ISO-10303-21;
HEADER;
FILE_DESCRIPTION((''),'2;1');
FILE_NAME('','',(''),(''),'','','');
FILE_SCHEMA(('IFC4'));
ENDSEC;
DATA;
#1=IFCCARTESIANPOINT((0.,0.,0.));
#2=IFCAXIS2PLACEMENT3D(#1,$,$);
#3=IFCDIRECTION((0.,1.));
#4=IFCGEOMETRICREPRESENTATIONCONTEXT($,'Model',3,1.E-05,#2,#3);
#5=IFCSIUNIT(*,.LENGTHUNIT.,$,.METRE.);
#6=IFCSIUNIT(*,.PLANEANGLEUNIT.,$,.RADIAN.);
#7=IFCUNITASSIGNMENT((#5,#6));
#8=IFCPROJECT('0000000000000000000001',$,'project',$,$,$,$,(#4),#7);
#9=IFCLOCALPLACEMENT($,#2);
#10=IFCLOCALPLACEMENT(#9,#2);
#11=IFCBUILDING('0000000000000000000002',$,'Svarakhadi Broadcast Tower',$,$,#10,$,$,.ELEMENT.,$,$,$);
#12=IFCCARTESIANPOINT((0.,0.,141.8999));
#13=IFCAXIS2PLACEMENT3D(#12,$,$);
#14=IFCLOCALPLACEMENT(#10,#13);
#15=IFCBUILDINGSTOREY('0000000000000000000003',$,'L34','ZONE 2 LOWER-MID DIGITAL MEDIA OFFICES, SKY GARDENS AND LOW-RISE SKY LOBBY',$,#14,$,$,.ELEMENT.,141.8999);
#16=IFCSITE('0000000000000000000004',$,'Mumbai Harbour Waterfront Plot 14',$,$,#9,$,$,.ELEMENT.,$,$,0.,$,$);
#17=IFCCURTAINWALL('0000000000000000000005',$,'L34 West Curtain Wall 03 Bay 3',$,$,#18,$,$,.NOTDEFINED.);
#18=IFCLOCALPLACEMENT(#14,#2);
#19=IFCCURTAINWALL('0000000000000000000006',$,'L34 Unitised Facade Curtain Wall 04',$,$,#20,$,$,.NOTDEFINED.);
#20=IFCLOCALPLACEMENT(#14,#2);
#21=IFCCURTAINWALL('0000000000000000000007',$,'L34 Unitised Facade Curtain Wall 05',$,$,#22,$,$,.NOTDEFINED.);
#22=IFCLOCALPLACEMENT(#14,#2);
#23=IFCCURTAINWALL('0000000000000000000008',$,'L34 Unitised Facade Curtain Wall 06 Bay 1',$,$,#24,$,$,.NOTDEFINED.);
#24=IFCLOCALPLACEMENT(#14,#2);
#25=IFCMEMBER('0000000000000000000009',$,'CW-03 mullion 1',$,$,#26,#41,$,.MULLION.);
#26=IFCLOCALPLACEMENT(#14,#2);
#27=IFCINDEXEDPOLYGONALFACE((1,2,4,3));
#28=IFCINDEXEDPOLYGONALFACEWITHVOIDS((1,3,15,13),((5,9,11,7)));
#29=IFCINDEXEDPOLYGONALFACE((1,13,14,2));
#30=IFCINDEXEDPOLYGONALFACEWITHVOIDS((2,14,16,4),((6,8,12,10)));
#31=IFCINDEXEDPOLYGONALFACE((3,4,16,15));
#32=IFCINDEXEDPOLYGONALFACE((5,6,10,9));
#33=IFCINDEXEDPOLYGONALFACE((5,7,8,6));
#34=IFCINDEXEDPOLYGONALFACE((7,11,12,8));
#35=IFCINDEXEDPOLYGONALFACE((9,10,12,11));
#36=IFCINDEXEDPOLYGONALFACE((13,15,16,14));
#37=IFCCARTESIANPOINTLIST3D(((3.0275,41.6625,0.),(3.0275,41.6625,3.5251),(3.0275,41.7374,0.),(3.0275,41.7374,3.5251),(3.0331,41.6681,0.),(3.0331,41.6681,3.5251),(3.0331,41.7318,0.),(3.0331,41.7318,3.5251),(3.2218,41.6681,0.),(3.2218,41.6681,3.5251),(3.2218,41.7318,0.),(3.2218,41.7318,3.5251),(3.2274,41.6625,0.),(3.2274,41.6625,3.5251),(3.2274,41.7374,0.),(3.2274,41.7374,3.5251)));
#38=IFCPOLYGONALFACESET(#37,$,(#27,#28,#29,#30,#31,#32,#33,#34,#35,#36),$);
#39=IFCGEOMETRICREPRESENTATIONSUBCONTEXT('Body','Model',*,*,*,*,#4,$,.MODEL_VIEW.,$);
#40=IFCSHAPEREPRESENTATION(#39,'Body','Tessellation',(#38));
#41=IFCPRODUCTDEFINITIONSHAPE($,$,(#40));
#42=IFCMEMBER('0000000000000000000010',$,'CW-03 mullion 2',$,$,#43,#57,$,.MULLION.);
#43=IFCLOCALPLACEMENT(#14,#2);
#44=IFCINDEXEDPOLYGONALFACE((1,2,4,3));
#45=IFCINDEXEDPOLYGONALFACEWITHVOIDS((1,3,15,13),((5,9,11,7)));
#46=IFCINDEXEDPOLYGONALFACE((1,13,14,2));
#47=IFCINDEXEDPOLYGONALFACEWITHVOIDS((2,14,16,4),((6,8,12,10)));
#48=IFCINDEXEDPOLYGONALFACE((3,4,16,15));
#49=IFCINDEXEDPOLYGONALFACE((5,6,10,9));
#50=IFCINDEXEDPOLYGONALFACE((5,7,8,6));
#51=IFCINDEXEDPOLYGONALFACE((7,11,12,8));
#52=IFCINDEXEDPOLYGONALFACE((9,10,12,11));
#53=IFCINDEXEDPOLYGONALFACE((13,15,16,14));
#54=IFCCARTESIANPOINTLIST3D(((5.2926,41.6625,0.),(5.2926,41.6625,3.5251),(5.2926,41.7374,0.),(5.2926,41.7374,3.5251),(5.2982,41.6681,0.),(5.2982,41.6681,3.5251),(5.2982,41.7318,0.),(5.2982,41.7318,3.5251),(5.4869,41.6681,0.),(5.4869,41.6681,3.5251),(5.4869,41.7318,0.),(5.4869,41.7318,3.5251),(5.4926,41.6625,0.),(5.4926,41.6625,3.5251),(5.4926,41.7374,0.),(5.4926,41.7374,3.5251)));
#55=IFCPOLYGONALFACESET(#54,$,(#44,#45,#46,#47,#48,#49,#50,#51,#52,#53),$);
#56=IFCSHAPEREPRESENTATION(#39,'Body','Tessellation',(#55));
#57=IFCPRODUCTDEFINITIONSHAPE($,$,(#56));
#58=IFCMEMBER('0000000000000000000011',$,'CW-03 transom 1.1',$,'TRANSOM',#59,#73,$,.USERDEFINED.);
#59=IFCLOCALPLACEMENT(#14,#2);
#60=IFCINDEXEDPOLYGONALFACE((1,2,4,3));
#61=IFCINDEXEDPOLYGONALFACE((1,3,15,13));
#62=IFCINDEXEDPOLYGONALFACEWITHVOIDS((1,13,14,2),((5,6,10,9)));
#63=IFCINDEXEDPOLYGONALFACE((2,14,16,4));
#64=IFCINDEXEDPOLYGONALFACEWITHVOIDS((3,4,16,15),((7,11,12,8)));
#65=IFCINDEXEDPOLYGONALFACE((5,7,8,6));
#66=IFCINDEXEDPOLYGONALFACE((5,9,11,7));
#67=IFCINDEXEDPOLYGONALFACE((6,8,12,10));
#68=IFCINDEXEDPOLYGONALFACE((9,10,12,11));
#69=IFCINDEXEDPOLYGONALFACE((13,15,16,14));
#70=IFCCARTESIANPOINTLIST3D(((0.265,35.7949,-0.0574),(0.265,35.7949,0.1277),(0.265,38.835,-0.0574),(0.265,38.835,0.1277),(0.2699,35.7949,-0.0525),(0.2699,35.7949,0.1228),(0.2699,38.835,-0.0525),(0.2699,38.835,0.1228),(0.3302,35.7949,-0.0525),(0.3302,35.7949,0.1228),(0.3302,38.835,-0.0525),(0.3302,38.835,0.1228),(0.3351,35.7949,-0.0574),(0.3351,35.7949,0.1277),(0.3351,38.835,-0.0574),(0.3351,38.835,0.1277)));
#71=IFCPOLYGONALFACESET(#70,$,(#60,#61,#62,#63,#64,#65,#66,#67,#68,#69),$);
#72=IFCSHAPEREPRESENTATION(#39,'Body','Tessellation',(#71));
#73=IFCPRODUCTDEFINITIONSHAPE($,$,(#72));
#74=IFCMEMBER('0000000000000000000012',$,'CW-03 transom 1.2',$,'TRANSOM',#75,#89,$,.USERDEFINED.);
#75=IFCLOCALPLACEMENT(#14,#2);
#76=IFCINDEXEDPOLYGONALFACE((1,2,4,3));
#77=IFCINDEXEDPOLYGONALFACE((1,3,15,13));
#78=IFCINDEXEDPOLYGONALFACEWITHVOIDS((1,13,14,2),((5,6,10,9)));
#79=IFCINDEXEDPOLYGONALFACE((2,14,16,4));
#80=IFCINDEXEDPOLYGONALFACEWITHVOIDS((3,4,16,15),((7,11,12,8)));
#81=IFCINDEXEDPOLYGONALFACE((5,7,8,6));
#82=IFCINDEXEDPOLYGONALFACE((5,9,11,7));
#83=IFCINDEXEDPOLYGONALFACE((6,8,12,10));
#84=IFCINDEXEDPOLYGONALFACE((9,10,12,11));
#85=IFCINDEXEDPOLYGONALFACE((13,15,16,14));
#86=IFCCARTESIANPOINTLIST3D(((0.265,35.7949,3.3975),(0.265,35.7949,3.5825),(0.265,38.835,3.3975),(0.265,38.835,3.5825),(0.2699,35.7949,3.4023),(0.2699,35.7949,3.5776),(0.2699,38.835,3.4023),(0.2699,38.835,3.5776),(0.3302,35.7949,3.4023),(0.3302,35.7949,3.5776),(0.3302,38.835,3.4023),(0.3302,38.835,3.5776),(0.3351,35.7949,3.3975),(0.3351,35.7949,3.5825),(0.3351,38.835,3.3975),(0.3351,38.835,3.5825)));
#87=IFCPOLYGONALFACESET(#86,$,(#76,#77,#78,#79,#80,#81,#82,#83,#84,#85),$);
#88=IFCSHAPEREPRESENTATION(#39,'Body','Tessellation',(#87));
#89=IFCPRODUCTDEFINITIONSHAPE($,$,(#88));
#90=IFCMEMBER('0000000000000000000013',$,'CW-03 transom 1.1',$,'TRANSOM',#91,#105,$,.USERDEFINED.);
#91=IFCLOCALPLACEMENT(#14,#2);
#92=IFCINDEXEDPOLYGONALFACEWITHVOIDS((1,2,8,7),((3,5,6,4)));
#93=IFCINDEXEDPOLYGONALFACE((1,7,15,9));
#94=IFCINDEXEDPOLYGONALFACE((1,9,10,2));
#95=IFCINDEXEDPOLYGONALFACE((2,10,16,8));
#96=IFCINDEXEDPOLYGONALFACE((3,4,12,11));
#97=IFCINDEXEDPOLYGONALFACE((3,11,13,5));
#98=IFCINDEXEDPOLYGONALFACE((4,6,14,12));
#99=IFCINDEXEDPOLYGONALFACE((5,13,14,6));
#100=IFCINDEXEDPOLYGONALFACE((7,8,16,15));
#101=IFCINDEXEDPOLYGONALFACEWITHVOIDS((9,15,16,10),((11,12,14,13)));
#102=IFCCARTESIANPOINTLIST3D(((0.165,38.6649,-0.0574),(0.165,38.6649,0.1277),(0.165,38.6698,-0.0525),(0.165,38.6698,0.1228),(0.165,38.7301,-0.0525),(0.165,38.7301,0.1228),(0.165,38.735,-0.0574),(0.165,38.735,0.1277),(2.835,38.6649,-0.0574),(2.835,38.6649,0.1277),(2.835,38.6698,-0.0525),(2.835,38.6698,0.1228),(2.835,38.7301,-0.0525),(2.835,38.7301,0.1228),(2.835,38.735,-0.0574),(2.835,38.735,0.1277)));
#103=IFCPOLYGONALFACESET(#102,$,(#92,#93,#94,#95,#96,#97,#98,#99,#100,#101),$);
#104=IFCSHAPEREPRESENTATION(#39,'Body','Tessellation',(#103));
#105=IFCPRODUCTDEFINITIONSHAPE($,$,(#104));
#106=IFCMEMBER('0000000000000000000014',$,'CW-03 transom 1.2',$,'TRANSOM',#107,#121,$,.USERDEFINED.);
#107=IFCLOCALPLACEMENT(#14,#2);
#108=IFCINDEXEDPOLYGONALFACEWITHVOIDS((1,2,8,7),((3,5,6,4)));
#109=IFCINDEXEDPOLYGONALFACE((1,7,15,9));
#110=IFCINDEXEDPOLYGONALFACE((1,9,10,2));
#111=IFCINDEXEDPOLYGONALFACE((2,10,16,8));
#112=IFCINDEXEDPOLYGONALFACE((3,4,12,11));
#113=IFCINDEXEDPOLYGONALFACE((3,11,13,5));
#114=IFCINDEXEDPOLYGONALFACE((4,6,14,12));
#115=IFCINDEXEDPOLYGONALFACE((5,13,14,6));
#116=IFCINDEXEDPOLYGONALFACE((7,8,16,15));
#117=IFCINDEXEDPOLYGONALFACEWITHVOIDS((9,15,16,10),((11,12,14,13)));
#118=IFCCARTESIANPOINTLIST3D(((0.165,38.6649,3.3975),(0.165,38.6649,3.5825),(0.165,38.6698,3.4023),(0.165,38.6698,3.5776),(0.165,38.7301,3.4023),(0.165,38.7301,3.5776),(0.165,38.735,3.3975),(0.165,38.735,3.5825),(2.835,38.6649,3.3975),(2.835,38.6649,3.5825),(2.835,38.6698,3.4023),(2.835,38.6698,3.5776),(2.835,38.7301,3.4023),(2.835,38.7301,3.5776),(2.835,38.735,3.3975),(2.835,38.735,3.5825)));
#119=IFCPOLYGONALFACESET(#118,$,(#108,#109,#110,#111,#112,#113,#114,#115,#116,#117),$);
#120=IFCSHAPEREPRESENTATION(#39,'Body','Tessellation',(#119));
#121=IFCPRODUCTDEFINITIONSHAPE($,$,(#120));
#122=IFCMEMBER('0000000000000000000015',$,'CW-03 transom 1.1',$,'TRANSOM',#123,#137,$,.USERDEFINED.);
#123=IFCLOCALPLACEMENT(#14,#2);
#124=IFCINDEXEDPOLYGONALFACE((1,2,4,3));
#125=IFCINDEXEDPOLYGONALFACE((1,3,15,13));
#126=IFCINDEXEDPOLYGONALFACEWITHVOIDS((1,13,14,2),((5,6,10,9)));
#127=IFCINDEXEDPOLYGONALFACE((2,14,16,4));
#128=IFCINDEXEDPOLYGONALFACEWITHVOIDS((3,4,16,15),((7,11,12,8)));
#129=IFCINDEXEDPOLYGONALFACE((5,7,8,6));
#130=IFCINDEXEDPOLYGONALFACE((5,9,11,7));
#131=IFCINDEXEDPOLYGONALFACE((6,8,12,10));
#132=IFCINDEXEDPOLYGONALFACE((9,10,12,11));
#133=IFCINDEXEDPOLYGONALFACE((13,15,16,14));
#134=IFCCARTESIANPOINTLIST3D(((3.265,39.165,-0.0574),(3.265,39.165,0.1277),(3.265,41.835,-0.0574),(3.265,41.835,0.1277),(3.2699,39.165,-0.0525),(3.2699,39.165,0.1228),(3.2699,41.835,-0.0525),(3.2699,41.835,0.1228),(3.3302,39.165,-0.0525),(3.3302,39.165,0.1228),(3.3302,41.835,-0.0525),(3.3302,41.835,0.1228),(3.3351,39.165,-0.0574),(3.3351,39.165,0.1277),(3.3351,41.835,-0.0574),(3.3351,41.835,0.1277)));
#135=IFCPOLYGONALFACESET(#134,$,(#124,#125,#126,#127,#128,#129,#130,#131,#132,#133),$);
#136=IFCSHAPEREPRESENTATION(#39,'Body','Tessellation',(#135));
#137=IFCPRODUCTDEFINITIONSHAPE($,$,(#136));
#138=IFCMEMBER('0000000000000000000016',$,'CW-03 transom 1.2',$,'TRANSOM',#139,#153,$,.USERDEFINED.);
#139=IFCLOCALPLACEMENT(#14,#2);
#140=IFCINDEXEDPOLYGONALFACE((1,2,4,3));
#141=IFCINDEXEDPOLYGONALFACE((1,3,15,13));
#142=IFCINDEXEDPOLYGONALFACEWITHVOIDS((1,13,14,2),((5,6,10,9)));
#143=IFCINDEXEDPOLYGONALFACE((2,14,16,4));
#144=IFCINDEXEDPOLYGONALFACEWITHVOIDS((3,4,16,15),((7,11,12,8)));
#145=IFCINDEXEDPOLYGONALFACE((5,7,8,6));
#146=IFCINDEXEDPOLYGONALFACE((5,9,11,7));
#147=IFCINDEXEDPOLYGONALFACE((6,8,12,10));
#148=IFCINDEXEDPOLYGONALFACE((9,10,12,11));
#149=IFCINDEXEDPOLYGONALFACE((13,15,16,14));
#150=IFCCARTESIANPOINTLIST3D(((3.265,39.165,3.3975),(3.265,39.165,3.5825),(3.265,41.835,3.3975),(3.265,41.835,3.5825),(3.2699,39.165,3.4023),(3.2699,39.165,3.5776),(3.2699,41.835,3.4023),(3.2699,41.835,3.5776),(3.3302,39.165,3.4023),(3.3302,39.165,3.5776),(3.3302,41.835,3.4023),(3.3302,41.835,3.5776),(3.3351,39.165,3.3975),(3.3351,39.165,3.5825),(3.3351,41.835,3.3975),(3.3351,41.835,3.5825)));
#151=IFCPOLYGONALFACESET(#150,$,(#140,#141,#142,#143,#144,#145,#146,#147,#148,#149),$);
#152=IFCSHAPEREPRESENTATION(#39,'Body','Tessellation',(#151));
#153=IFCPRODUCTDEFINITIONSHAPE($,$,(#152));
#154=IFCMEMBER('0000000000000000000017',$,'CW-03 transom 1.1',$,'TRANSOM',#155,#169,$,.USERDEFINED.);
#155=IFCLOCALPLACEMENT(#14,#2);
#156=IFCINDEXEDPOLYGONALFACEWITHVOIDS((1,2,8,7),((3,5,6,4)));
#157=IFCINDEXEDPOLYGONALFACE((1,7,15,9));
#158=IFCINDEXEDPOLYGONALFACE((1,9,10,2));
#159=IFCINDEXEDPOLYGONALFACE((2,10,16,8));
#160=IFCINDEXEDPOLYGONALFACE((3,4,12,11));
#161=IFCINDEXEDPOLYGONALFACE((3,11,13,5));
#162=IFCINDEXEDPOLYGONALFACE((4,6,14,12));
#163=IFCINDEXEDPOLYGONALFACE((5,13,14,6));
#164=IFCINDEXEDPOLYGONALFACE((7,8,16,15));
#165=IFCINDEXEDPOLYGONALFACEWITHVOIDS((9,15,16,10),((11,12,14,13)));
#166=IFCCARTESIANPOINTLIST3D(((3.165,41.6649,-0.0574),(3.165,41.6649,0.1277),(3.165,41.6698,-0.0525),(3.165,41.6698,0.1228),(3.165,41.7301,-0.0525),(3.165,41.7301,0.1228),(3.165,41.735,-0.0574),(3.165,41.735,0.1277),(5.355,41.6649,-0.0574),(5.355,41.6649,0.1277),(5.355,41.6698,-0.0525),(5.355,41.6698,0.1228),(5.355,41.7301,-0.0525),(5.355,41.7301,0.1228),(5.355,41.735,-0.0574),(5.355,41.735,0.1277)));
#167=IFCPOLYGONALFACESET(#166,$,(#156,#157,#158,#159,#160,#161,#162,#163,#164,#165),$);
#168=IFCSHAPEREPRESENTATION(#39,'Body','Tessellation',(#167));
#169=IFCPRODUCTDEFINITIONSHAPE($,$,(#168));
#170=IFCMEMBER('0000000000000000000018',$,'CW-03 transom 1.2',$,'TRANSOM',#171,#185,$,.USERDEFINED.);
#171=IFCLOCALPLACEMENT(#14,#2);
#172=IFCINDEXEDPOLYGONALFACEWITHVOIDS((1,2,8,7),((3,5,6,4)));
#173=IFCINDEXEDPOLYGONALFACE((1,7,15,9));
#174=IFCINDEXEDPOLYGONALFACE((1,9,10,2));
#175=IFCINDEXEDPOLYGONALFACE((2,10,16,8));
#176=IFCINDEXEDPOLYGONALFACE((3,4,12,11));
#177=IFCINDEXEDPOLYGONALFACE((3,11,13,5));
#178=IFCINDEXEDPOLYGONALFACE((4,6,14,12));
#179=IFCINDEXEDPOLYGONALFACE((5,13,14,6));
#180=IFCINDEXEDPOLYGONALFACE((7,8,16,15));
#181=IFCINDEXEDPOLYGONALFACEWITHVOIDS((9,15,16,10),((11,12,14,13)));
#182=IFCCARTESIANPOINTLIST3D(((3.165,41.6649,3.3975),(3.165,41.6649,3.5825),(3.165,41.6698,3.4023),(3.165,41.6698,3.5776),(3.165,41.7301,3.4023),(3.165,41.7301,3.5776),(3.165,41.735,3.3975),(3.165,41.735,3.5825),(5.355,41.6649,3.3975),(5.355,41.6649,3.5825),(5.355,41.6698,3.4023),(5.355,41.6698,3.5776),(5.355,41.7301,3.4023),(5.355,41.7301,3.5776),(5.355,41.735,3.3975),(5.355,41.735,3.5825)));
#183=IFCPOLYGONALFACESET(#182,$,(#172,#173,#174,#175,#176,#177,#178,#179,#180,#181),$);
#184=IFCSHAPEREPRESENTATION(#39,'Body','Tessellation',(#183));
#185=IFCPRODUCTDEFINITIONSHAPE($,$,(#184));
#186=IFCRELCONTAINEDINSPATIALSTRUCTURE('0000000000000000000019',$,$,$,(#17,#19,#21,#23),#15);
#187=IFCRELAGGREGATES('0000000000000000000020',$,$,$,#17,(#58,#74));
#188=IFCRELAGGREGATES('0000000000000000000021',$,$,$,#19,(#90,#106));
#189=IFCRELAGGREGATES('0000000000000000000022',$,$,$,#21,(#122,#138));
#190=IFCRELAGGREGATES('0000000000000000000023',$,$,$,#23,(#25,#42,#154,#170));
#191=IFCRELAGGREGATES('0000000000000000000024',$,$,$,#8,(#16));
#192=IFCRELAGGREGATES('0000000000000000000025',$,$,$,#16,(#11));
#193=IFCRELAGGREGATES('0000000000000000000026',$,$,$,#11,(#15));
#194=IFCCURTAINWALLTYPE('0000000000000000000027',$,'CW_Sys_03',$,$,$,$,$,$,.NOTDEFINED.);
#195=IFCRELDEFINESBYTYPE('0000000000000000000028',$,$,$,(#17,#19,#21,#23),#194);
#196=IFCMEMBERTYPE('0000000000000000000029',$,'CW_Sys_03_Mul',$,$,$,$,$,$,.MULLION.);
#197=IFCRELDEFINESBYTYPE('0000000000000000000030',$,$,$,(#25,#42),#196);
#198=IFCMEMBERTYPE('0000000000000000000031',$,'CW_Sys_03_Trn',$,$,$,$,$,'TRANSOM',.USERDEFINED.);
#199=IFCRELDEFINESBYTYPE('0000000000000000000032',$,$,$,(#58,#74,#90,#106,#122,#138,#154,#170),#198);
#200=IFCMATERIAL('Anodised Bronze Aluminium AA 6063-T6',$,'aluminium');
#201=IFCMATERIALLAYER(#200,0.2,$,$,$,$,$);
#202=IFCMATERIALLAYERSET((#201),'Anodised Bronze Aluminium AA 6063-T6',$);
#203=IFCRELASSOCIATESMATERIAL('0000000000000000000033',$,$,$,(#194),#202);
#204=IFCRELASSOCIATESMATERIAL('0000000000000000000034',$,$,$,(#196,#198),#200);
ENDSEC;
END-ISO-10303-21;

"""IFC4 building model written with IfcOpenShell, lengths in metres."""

from ifc_helpers import new_model, si_unit, direction, frame, origin, origin_2d, place, context, subcontext, project, spatial, hollow_rectangle, extrude, material, layer, layer_set, material_profile, profile_set, type_object, element, aggregate, save


model = new_model("IFC4")

# Units and contexts
model_context = context("Model", 3, precision=1e-05, world=origin(), true_north=direction((0.0, 1.0)))
body_context = subcontext(model_context, "Body", "Model", "MODEL_VIEW")
ifc_project = project(units=[si_unit("LENGTHUNIT", "METRE"), si_unit("PLANEANGLEUNIT", "RADIAN")], contexts=[model_context])

# Site, building, storey
site_placement = place(None, origin())
site = spatial("IfcSite", under=ifc_project, at=site_placement, Name="Mumbai Harbour Waterfront Plot 14", CompositionType="ELEMENT", RefElevation=0.0)
building_placement = place(site_placement, origin())
building = spatial("IfcBuilding", under=site, at=building_placement, Name="Svarakhadi Broadcast Tower", CompositionType="ELEMENT")
storey_placement = place(building_placement, frame((0.0, 0.0, 141.8999)))
storey = spatial("IfcBuildingStorey", under=building, at=storey_placement, Name="L34", Description="ZONE 2 LOWER-MID DIGITAL MEDIA OFFICES, SKY GARDENS AND LOW-RISE SKY LOBBY", CompositionType="ELEMENT", Elevation=141.8999)

# Shared definitions
ifc_material_1 = material(Name="Anodised Bronze Aluminium AA 6063-T6", Category="aluminium")
ifc_layer_1 = layer(ifc_material_1, 0.2)
ifc_layer_set_1 = layer_set([ifc_layer_1], Name="Anodised Bronze Aluminium AA 6063-T6")
curtain_wall_type = type_object("IfcCurtainWallType", Name="CW_Sys_03", PredefinedType="NOTDEFINED", material=ifc_layer_set_1)
ifc_material_profile_1 = material_profile(ifc_material_1, hollow_rectangle(XDim=0.075, YDim=0.2, WallThickness=0.0056, at=origin_2d()), Name="ALU MULLION 200x75x6")
ifc_profile_set_1 = profile_set([ifc_material_profile_1], Name="Anodised Bronze Aluminium AA 6063-T6")
member_type_1 = type_object("IfcMemberType", Name="CW_Sys_03_Mul", PredefinedType="MULLION", material=ifc_profile_set_1)

# Curtain walls, members
curtain_wall_1_placement = place(storey_placement, origin())
curtain_wall_1 = element("IfcCurtainWall", 1, at=curtain_wall_1_placement, inside=storey, type_object=curtain_wall_type, Name="L34 West Curtain Wall 03 Bay 3", PredefinedType="NOTDEFINED")
curtain_wall_2_placement = place(storey_placement, origin())
curtain_wall_2 = element("IfcCurtainWall", 2, at=curtain_wall_2_placement, inside=storey, type_object=curtain_wall_type, Name="L34 Unitised Facade Curtain Wall 04", PredefinedType="NOTDEFINED")
curtain_wall_3_placement = place(storey_placement, origin())
curtain_wall_3 = element("IfcCurtainWall", 3, at=curtain_wall_3_placement, inside=storey, type_object=curtain_wall_type, Name="L34 Unitised Facade Curtain Wall 05", PredefinedType="NOTDEFINED")
curtain_wall_4_placement = place(storey_placement, origin())
curtain_wall_4 = element("IfcCurtainWall", 4, at=curtain_wall_4_placement, inside=storey, type_object=curtain_wall_type, Name="L34 Unitised Facade Curtain Wall 06 Bay 1", PredefinedType="NOTDEFINED")
member_1_placement = place(storey_placement, frame((3.1274, 41.7, 0.0), z_axis=(0.0, 0.0, 1.0), x_axis=(0.0, 1.0, 0.0)))
member_1 = element("IfcMember", 5, at=member_1_placement, type_object=member_type_1, Name="CW-03 mullion 1", PredefinedType="MULLION", context=body_context, shape_type="SweptSolid", body=[
    extrude(hollow_rectangle(XDim=0.075, YDim=0.2, WallThickness=0.0056, at=origin_2d()), origin(), (0.0, 0.0, 1.0), 3.5251),
])
member_2_placement = place(storey_placement, frame((5.3926, 41.7, 0.0), z_axis=(0.0, 0.0, 1.0), x_axis=(0.0, 1.0, 0.0)))
member_2 = element("IfcMember", 6, at=member_2_placement, type_object=member_type_1, Name="CW-03 mullion 2", PredefinedType="MULLION", context=body_context, shape_type="SweptSolid", body=[
    extrude(hollow_rectangle(XDim=0.075, YDim=0.2, WallThickness=0.0056, at=origin_2d()), origin(), (0.0, 0.0, 1.0), 3.5251),
])

# Members
ifc_material_profile_2 = material_profile(ifc_material_1, hollow_rectangle(XDim=0.0701, YDim=0.1851, WallThickness=0.0049, at=origin_2d()), Name="ALU TRANSOM 185x70x5")
ifc_profile_set_2 = profile_set([ifc_material_profile_2], Name="Anodised Bronze Aluminium AA 6063-T6")
member_type_2 = type_object("IfcMemberType", Name="CW_Sys_03_Trn", ElementType="TRANSOM", PredefinedType="USERDEFINED", material=ifc_profile_set_2)
member_3_placement = place(storey_placement, frame((0.3, 35.7949, 0.0352), z_axis=(0.0, 1.0, 0.0), x_axis=(-1.0, 0.0, 0.0)))
member_3 = element("IfcMember", 7, at=member_3_placement, type_object=member_type_2, Name="CW-03 transom 1.1", ObjectType="TRANSOM", PredefinedType="USERDEFINED", context=body_context, shape_type="SweptSolid", body=[
    extrude(hollow_rectangle(XDim=0.0701, YDim=0.1851, WallThickness=0.0049, at=origin_2d()), origin(), (0.0, 0.0, 1.0), 3.04),
])
member_4_placement = place(storey_placement, frame((0.3, 35.7949, 3.49), z_axis=(0.0, 1.0, 0.0), x_axis=(-1.0, 0.0, 0.0)))
member_4 = element("IfcMember", 8, at=member_4_placement, type_object=member_type_2, Name="CW-03 transom 1.2", ObjectType="TRANSOM", PredefinedType="USERDEFINED", context=body_context, shape_type="SweptSolid", body=[
    extrude(hollow_rectangle(XDim=0.0701, YDim=0.1851, WallThickness=0.0049, at=origin_2d()), origin(), (0.0, 0.0, 1.0), 3.04),
])
member_5_placement = place(storey_placement, frame((0.165, 38.7, 0.0352), z_axis=(1.0, 0.0, 0.0), x_axis=(0.0, 1.0, 0.0)))
member_5 = element("IfcMember", 9, at=member_5_placement, type_object=member_type_2, Name="CW-03 transom 1.1", ObjectType="TRANSOM", PredefinedType="USERDEFINED", context=body_context, shape_type="SweptSolid", body=[
    extrude(hollow_rectangle(XDim=0.0701, YDim=0.1851, WallThickness=0.0049, at=origin_2d()), origin(), (0.0, 0.0, 1.0), 2.6699),
])
member_6_placement = place(storey_placement, frame((0.165, 38.7, 3.49), z_axis=(1.0, 0.0, 0.0), x_axis=(0.0, 1.0, 0.0)))
member_6 = element("IfcMember", 10, at=member_6_placement, type_object=member_type_2, Name="CW-03 transom 1.2", ObjectType="TRANSOM", PredefinedType="USERDEFINED", context=body_context, shape_type="SweptSolid", body=[
    extrude(hollow_rectangle(XDim=0.0701, YDim=0.1851, WallThickness=0.0049, at=origin_2d()), origin(), (0.0, 0.0, 1.0), 2.6699),
])
member_7_placement = place(storey_placement, frame((3.3, 39.165, 0.0352), z_axis=(0.0, 1.0, 0.0), x_axis=(-1.0, 0.0, 0.0)))
member_7 = element("IfcMember", 11, at=member_7_placement, type_object=member_type_2, Name="CW-03 transom 1.1", ObjectType="TRANSOM", PredefinedType="USERDEFINED", context=body_context, shape_type="SweptSolid", body=[
    extrude(hollow_rectangle(XDim=0.0701, YDim=0.1851, WallThickness=0.0049, at=origin_2d()), origin(), (0.0, 0.0, 1.0), 2.6699),
])
member_8_placement = place(storey_placement, frame((3.3, 39.165, 3.49), z_axis=(0.0, 1.0, 0.0), x_axis=(-1.0, 0.0, 0.0)))
member_8 = element("IfcMember", 12, at=member_8_placement, type_object=member_type_2, Name="CW-03 transom 1.2", ObjectType="TRANSOM", PredefinedType="USERDEFINED", context=body_context, shape_type="SweptSolid", body=[
    extrude(hollow_rectangle(XDim=0.0701, YDim=0.1851, WallThickness=0.0049, at=origin_2d()), origin(), (0.0, 0.0, 1.0), 2.6699),
])
member_9_placement = place(storey_placement, frame((3.165, 41.7, 0.0352), z_axis=(1.0, 0.0, 0.0), x_axis=(0.0, 1.0, 0.0)))
member_9 = element("IfcMember", 13, at=member_9_placement, type_object=member_type_2, Name="CW-03 transom 1.1", ObjectType="TRANSOM", PredefinedType="USERDEFINED", context=body_context, shape_type="SweptSolid", body=[
    extrude(hollow_rectangle(XDim=0.0701, YDim=0.1851, WallThickness=0.0049, at=origin_2d()), origin(), (0.0, 0.0, 1.0), 2.1899),
])
member_10_placement = place(storey_placement, frame((3.165, 41.7, 3.49), z_axis=(1.0, 0.0, 0.0), x_axis=(0.0, 1.0, 0.0)))
member_10 = element("IfcMember", 14, at=member_10_placement, type_object=member_type_2, Name="CW-03 transom 1.2", ObjectType="TRANSOM", PredefinedType="USERDEFINED", context=body_context, shape_type="SweptSolid", body=[
    extrude(hollow_rectangle(XDim=0.0701, YDim=0.1851, WallThickness=0.0049, at=origin_2d()), origin(), (0.0, 0.0, 1.0), 2.1899),
])

aggregate(curtain_wall_1, [member_3, member_4])
aggregate(curtain_wall_2, [member_5, member_6])
aggregate(curtain_wall_3, [member_7, member_8])
aggregate(curtain_wall_4, [member_1, member_2, member_9, member_10])

save(model, "model.ifc")
